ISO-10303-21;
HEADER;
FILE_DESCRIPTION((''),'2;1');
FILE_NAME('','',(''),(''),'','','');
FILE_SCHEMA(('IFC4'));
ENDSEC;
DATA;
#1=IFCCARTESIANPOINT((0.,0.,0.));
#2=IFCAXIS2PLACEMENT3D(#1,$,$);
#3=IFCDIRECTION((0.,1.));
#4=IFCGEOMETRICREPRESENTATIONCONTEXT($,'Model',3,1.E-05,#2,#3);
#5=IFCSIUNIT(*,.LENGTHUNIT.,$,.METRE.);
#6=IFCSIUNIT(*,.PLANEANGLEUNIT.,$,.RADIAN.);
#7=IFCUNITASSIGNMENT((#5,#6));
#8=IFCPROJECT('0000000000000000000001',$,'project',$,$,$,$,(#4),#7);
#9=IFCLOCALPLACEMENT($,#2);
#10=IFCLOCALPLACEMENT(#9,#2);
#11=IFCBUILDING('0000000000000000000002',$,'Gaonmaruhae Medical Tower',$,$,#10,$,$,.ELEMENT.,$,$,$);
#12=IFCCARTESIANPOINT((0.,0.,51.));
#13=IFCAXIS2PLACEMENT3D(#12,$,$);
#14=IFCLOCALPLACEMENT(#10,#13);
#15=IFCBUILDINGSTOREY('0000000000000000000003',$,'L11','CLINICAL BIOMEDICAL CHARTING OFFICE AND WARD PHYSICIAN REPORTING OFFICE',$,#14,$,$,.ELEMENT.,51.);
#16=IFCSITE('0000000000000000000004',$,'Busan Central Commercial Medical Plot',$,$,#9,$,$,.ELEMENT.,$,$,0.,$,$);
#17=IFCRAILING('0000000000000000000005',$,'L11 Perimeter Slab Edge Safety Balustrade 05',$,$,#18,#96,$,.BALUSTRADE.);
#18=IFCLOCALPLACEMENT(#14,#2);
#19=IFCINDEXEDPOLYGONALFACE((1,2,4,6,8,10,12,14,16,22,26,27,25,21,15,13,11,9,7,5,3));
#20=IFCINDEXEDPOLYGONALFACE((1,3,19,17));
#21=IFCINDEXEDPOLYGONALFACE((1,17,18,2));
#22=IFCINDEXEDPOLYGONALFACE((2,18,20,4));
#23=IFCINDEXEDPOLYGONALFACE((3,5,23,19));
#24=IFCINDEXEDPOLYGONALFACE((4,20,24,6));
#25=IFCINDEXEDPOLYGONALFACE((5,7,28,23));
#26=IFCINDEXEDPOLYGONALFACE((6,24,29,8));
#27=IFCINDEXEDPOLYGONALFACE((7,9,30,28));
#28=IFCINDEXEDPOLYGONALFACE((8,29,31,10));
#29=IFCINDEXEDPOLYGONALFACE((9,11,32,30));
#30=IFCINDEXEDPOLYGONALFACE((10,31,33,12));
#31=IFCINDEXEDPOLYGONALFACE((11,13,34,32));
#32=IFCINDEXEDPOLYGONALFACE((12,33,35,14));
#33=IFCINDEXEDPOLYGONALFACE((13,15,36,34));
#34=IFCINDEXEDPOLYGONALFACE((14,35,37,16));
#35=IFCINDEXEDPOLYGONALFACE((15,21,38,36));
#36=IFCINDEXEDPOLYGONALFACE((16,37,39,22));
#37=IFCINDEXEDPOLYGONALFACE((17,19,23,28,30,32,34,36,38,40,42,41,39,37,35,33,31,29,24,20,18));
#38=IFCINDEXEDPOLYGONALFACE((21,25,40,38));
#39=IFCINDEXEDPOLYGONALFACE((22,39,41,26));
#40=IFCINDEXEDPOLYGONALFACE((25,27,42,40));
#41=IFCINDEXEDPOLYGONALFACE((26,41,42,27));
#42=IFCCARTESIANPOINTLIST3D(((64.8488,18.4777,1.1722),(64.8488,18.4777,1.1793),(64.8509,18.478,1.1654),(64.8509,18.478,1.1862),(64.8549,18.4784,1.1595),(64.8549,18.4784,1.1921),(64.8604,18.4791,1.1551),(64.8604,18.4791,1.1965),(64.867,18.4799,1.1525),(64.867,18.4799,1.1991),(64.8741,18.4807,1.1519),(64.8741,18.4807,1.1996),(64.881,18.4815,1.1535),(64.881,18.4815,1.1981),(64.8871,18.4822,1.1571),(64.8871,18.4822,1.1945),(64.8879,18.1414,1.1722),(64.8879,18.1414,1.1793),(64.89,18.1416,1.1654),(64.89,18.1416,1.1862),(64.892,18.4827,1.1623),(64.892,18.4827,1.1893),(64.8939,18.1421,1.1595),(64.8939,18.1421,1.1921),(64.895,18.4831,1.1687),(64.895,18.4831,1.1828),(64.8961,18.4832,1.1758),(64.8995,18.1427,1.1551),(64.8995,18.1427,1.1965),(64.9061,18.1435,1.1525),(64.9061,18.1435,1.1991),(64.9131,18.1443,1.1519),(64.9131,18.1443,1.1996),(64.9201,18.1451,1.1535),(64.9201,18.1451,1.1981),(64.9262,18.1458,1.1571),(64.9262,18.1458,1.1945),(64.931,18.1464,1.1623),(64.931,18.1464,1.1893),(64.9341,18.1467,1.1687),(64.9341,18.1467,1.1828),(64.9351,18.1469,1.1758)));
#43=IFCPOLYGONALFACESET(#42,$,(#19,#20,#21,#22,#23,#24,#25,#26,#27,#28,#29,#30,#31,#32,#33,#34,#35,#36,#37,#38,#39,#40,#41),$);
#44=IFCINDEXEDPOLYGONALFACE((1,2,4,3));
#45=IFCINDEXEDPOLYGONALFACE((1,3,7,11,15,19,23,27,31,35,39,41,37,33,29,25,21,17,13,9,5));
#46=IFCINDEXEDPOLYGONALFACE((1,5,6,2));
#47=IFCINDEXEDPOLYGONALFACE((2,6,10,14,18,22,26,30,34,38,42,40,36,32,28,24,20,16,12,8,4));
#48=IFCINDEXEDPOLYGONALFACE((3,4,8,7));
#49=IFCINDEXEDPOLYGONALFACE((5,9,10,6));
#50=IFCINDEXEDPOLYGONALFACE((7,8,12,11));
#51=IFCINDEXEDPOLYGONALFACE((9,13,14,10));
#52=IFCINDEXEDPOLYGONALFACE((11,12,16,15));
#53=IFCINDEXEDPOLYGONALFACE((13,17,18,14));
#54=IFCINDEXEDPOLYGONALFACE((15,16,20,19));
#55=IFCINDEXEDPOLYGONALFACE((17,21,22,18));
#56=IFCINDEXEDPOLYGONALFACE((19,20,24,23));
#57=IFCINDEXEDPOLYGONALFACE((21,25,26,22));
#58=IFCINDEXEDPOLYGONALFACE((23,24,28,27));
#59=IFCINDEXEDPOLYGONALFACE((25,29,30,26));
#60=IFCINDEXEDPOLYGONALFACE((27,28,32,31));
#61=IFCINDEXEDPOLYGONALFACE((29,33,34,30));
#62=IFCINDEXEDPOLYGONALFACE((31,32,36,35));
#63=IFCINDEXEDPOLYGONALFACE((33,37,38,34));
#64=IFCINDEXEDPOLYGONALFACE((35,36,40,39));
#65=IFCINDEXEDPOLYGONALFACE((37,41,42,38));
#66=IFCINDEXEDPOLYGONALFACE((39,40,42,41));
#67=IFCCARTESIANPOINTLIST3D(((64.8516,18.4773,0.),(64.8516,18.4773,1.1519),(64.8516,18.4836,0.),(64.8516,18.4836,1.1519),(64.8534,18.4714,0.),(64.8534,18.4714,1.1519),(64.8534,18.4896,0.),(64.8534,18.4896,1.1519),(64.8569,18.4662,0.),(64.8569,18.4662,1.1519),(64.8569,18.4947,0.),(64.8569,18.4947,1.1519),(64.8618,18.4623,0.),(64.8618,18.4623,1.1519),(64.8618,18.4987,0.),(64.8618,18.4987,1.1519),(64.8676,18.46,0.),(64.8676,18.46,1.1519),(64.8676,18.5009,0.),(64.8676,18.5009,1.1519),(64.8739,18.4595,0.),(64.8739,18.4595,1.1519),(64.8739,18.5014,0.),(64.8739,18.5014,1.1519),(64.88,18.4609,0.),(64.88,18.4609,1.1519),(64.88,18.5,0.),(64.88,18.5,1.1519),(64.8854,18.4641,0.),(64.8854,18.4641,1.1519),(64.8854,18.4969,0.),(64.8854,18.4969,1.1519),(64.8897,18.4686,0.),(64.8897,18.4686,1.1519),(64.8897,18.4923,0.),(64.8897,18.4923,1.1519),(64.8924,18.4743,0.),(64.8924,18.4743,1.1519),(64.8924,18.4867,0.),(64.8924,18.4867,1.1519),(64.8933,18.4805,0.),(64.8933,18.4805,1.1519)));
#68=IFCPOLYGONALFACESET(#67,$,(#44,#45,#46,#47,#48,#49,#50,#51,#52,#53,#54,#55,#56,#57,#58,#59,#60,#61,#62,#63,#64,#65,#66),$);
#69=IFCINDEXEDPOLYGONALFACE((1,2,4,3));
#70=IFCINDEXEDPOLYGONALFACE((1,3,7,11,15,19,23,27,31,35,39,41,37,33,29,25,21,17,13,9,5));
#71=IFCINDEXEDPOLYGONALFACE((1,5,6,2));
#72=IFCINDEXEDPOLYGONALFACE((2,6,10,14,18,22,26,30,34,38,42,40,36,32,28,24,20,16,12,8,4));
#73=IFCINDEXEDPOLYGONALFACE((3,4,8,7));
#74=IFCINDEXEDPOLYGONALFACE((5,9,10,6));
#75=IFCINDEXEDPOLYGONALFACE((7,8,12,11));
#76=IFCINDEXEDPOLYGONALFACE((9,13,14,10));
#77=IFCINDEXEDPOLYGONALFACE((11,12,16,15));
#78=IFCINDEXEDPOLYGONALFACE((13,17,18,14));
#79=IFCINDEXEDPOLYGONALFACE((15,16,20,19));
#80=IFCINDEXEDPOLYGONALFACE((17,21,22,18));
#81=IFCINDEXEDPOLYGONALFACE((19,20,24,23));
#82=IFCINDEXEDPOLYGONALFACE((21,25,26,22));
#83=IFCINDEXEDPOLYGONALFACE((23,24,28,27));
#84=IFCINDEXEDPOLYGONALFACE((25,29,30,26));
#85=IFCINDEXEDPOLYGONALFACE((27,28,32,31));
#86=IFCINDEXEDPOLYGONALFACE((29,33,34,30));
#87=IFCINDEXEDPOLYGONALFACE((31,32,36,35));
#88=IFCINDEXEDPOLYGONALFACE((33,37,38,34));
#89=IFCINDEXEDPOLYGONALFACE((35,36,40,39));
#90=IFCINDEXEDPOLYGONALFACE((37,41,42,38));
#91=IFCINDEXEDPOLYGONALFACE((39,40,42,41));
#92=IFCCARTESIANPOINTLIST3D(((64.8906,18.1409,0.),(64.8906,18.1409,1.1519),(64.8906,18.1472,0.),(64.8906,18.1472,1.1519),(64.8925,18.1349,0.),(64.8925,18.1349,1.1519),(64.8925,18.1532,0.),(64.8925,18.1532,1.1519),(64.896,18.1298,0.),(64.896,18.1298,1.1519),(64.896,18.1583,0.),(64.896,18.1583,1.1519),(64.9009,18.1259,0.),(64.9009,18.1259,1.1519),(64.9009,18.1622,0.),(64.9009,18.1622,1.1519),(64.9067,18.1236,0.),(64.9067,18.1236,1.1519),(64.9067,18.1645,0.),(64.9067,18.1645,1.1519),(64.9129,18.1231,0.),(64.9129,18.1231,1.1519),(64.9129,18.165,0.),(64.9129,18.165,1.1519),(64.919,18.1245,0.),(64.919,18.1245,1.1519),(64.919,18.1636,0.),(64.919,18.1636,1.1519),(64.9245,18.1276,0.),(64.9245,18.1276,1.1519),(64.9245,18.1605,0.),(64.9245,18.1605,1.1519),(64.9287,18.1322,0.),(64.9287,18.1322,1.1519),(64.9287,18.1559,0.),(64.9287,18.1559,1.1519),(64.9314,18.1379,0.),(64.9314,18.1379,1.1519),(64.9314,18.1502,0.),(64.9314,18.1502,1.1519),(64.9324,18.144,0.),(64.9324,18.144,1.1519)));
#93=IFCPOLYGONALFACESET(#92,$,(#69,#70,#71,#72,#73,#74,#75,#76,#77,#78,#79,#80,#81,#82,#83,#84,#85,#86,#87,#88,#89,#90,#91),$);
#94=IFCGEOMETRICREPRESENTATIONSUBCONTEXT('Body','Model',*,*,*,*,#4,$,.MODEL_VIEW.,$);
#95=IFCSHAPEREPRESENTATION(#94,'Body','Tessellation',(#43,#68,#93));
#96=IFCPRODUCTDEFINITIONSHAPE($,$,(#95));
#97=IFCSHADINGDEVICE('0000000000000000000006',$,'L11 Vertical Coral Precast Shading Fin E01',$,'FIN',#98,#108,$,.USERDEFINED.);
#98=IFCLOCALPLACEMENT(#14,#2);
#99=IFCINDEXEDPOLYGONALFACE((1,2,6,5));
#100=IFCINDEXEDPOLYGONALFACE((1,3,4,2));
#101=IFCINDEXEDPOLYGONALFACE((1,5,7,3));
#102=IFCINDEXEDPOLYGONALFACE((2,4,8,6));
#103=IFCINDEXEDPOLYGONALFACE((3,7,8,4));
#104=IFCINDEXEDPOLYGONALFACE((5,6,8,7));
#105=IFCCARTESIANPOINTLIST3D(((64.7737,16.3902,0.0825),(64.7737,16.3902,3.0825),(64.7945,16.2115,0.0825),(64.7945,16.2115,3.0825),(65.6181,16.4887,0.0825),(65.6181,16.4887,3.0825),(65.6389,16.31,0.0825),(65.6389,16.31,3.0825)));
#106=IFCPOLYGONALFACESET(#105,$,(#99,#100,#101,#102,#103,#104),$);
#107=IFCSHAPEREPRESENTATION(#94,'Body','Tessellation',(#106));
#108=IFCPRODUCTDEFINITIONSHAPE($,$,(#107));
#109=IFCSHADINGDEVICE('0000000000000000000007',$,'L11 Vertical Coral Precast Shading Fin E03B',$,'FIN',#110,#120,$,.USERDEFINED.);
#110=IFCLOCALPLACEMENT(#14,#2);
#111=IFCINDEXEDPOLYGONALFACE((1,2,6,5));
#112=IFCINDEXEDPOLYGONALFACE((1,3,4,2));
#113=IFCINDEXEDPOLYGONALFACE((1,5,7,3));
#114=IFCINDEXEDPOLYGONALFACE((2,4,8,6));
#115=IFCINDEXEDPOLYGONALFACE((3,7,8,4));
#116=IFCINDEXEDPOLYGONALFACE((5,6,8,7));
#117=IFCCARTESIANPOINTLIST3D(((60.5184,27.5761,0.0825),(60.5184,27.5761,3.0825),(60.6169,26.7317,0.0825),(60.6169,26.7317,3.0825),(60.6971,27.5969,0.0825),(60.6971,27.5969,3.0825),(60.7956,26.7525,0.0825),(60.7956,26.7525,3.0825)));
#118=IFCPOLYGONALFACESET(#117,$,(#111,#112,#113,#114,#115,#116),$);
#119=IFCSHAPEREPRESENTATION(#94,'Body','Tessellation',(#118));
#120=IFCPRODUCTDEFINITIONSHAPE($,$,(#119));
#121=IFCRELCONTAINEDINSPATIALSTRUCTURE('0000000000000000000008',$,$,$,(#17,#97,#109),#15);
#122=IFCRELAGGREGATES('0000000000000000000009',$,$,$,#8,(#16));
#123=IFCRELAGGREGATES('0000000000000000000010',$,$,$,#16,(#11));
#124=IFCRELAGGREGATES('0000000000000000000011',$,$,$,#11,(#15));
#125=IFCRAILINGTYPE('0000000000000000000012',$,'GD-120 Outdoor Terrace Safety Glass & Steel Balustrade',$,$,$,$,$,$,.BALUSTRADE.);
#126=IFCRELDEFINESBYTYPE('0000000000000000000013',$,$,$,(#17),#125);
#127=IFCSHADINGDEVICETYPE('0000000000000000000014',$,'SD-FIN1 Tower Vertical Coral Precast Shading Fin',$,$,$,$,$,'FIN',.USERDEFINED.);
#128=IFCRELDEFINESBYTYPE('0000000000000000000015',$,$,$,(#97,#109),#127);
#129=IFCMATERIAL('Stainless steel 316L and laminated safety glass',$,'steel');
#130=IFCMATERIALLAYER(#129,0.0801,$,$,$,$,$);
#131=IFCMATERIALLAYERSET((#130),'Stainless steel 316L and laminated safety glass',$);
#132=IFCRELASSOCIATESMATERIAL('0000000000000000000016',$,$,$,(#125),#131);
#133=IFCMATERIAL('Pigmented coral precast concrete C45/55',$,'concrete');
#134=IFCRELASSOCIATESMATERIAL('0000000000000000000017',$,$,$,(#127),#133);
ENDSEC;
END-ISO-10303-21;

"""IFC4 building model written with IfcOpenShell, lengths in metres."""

from ifc_helpers import new_model, si_unit, direction, frame, origin, origin_2d, place, context, subcontext, project, spatial, rectangle, circle, extrude, material, layer, layer_set, type_object, element, save


model = new_model("IFC4")

# Units and contexts
model_context = context("Model", 3, precision=1e-05, world=origin(), true_north=direction((0.0, 1.0)))
body_context = subcontext(model_context, "Body", "Model", "MODEL_VIEW")
ifc_project = project(units=[si_unit("LENGTHUNIT", "METRE"), si_unit("PLANEANGLEUNIT", "RADIAN")], contexts=[model_context])

# Site, building, storey
site_placement = place(None, origin())
site = spatial("IfcSite", under=ifc_project, at=site_placement, Name="Busan Central Commercial Medical Plot", CompositionType="ELEMENT", RefElevation=0.0)
building_placement = place(site_placement, origin())
building = spatial("IfcBuilding", under=site, at=building_placement, Name="Gaonmaruhae Medical Tower", CompositionType="ELEMENT")
storey_placement = place(building_placement, frame((0.0, 0.0, 51.0)))
storey = spatial("IfcBuildingStorey", under=building, at=storey_placement, Name="L11", Description="CLINICAL BIOMEDICAL CHARTING OFFICE AND WARD PHYSICIAN REPORTING OFFICE", CompositionType="ELEMENT", Elevation=51.0)

# Railing
ifc_material_1 = material(Name="Stainless steel 316L and laminated safety glass", Category="steel")
ifc_layer_1 = layer(ifc_material_1, 0.0801)
ifc_layer_set_1 = layer_set([ifc_layer_1], Name="Stainless steel 316L and laminated safety glass")
railing_type = type_object("IfcRailingType", Name="GD-120 Outdoor Terrace Safety Glass & Steel Balustrade", PredefinedType="BALUSTRADE", material=ifc_layer_set_1)
railing_1_placement = place(storey_placement, frame((64.8723, 18.4805, 0.0)))
element("IfcRailing", 1, at=railing_1_placement, inside=storey, type_object=railing_type, Name="L11 Perimeter Slab Edge Safety Balustrade 05", PredefinedType="BALUSTRADE", context=body_context, shape_type="SweptSolid", body=[
    extrude(circle(Radius=0.0239, at=origin_2d()), frame((0.0, 0.0, 1.1758), z_axis=(0.115335, -0.993327, 0.0), x_axis=(0.993327, 0.115335, 0.0)), (0.0, 0.0, 1.0), 0.3386),
    extrude(circle(Radius=0.021, at=origin_2d()), origin(), (0.0, 0.0, 1.0), 1.1519),
    extrude(circle(Radius=0.021, at=origin_2d()), frame((0.0391, -0.3364, 0.0)), (0.0, 0.0, 1.0), 1.1519),
])

# Shading devices
ifc_material_2 = material(Name="Pigmented coral precast concrete C45/55", Category="concrete")
shading_device_type = type_object("IfcShadingDeviceType", Name="SD-FIN1 Tower Vertical Coral Precast Shading Fin", ElementType="FIN", PredefinedType="USERDEFINED", material=ifc_material_2)
for number, where, z_axis, x_axis, name in (
    (2, (65.2063, 16.3501, 0.0825), (0.0, 0.0, 1.0), (0.115804, -0.993272, 0.0), "L11 Vertical Coral Precast Shading Fin E01"),
    (3, (60.657, 27.1643, 0.0825), (0.0, 0.0, 1.0), (0.99327, 0.115821, 0.0), "L11 Vertical Coral Precast Shading Fin E03B"),
):
    element("IfcShadingDevice", number, at=place(storey_placement, frame(where, z_axis=z_axis, x_axis=x_axis)), inside=storey, type_object=shading_device_type, Name=name, ObjectType="FIN", PredefinedType="USERDEFINED", context=body_context, shape_type="SweptSolid", body=[
        extrude(rectangle(XDim=0.1799, YDim=0.8501, at=origin_2d()), origin(), (0.0, 0.0, 1.0), 3.0),
    ])

save(model, "model.ifc")
